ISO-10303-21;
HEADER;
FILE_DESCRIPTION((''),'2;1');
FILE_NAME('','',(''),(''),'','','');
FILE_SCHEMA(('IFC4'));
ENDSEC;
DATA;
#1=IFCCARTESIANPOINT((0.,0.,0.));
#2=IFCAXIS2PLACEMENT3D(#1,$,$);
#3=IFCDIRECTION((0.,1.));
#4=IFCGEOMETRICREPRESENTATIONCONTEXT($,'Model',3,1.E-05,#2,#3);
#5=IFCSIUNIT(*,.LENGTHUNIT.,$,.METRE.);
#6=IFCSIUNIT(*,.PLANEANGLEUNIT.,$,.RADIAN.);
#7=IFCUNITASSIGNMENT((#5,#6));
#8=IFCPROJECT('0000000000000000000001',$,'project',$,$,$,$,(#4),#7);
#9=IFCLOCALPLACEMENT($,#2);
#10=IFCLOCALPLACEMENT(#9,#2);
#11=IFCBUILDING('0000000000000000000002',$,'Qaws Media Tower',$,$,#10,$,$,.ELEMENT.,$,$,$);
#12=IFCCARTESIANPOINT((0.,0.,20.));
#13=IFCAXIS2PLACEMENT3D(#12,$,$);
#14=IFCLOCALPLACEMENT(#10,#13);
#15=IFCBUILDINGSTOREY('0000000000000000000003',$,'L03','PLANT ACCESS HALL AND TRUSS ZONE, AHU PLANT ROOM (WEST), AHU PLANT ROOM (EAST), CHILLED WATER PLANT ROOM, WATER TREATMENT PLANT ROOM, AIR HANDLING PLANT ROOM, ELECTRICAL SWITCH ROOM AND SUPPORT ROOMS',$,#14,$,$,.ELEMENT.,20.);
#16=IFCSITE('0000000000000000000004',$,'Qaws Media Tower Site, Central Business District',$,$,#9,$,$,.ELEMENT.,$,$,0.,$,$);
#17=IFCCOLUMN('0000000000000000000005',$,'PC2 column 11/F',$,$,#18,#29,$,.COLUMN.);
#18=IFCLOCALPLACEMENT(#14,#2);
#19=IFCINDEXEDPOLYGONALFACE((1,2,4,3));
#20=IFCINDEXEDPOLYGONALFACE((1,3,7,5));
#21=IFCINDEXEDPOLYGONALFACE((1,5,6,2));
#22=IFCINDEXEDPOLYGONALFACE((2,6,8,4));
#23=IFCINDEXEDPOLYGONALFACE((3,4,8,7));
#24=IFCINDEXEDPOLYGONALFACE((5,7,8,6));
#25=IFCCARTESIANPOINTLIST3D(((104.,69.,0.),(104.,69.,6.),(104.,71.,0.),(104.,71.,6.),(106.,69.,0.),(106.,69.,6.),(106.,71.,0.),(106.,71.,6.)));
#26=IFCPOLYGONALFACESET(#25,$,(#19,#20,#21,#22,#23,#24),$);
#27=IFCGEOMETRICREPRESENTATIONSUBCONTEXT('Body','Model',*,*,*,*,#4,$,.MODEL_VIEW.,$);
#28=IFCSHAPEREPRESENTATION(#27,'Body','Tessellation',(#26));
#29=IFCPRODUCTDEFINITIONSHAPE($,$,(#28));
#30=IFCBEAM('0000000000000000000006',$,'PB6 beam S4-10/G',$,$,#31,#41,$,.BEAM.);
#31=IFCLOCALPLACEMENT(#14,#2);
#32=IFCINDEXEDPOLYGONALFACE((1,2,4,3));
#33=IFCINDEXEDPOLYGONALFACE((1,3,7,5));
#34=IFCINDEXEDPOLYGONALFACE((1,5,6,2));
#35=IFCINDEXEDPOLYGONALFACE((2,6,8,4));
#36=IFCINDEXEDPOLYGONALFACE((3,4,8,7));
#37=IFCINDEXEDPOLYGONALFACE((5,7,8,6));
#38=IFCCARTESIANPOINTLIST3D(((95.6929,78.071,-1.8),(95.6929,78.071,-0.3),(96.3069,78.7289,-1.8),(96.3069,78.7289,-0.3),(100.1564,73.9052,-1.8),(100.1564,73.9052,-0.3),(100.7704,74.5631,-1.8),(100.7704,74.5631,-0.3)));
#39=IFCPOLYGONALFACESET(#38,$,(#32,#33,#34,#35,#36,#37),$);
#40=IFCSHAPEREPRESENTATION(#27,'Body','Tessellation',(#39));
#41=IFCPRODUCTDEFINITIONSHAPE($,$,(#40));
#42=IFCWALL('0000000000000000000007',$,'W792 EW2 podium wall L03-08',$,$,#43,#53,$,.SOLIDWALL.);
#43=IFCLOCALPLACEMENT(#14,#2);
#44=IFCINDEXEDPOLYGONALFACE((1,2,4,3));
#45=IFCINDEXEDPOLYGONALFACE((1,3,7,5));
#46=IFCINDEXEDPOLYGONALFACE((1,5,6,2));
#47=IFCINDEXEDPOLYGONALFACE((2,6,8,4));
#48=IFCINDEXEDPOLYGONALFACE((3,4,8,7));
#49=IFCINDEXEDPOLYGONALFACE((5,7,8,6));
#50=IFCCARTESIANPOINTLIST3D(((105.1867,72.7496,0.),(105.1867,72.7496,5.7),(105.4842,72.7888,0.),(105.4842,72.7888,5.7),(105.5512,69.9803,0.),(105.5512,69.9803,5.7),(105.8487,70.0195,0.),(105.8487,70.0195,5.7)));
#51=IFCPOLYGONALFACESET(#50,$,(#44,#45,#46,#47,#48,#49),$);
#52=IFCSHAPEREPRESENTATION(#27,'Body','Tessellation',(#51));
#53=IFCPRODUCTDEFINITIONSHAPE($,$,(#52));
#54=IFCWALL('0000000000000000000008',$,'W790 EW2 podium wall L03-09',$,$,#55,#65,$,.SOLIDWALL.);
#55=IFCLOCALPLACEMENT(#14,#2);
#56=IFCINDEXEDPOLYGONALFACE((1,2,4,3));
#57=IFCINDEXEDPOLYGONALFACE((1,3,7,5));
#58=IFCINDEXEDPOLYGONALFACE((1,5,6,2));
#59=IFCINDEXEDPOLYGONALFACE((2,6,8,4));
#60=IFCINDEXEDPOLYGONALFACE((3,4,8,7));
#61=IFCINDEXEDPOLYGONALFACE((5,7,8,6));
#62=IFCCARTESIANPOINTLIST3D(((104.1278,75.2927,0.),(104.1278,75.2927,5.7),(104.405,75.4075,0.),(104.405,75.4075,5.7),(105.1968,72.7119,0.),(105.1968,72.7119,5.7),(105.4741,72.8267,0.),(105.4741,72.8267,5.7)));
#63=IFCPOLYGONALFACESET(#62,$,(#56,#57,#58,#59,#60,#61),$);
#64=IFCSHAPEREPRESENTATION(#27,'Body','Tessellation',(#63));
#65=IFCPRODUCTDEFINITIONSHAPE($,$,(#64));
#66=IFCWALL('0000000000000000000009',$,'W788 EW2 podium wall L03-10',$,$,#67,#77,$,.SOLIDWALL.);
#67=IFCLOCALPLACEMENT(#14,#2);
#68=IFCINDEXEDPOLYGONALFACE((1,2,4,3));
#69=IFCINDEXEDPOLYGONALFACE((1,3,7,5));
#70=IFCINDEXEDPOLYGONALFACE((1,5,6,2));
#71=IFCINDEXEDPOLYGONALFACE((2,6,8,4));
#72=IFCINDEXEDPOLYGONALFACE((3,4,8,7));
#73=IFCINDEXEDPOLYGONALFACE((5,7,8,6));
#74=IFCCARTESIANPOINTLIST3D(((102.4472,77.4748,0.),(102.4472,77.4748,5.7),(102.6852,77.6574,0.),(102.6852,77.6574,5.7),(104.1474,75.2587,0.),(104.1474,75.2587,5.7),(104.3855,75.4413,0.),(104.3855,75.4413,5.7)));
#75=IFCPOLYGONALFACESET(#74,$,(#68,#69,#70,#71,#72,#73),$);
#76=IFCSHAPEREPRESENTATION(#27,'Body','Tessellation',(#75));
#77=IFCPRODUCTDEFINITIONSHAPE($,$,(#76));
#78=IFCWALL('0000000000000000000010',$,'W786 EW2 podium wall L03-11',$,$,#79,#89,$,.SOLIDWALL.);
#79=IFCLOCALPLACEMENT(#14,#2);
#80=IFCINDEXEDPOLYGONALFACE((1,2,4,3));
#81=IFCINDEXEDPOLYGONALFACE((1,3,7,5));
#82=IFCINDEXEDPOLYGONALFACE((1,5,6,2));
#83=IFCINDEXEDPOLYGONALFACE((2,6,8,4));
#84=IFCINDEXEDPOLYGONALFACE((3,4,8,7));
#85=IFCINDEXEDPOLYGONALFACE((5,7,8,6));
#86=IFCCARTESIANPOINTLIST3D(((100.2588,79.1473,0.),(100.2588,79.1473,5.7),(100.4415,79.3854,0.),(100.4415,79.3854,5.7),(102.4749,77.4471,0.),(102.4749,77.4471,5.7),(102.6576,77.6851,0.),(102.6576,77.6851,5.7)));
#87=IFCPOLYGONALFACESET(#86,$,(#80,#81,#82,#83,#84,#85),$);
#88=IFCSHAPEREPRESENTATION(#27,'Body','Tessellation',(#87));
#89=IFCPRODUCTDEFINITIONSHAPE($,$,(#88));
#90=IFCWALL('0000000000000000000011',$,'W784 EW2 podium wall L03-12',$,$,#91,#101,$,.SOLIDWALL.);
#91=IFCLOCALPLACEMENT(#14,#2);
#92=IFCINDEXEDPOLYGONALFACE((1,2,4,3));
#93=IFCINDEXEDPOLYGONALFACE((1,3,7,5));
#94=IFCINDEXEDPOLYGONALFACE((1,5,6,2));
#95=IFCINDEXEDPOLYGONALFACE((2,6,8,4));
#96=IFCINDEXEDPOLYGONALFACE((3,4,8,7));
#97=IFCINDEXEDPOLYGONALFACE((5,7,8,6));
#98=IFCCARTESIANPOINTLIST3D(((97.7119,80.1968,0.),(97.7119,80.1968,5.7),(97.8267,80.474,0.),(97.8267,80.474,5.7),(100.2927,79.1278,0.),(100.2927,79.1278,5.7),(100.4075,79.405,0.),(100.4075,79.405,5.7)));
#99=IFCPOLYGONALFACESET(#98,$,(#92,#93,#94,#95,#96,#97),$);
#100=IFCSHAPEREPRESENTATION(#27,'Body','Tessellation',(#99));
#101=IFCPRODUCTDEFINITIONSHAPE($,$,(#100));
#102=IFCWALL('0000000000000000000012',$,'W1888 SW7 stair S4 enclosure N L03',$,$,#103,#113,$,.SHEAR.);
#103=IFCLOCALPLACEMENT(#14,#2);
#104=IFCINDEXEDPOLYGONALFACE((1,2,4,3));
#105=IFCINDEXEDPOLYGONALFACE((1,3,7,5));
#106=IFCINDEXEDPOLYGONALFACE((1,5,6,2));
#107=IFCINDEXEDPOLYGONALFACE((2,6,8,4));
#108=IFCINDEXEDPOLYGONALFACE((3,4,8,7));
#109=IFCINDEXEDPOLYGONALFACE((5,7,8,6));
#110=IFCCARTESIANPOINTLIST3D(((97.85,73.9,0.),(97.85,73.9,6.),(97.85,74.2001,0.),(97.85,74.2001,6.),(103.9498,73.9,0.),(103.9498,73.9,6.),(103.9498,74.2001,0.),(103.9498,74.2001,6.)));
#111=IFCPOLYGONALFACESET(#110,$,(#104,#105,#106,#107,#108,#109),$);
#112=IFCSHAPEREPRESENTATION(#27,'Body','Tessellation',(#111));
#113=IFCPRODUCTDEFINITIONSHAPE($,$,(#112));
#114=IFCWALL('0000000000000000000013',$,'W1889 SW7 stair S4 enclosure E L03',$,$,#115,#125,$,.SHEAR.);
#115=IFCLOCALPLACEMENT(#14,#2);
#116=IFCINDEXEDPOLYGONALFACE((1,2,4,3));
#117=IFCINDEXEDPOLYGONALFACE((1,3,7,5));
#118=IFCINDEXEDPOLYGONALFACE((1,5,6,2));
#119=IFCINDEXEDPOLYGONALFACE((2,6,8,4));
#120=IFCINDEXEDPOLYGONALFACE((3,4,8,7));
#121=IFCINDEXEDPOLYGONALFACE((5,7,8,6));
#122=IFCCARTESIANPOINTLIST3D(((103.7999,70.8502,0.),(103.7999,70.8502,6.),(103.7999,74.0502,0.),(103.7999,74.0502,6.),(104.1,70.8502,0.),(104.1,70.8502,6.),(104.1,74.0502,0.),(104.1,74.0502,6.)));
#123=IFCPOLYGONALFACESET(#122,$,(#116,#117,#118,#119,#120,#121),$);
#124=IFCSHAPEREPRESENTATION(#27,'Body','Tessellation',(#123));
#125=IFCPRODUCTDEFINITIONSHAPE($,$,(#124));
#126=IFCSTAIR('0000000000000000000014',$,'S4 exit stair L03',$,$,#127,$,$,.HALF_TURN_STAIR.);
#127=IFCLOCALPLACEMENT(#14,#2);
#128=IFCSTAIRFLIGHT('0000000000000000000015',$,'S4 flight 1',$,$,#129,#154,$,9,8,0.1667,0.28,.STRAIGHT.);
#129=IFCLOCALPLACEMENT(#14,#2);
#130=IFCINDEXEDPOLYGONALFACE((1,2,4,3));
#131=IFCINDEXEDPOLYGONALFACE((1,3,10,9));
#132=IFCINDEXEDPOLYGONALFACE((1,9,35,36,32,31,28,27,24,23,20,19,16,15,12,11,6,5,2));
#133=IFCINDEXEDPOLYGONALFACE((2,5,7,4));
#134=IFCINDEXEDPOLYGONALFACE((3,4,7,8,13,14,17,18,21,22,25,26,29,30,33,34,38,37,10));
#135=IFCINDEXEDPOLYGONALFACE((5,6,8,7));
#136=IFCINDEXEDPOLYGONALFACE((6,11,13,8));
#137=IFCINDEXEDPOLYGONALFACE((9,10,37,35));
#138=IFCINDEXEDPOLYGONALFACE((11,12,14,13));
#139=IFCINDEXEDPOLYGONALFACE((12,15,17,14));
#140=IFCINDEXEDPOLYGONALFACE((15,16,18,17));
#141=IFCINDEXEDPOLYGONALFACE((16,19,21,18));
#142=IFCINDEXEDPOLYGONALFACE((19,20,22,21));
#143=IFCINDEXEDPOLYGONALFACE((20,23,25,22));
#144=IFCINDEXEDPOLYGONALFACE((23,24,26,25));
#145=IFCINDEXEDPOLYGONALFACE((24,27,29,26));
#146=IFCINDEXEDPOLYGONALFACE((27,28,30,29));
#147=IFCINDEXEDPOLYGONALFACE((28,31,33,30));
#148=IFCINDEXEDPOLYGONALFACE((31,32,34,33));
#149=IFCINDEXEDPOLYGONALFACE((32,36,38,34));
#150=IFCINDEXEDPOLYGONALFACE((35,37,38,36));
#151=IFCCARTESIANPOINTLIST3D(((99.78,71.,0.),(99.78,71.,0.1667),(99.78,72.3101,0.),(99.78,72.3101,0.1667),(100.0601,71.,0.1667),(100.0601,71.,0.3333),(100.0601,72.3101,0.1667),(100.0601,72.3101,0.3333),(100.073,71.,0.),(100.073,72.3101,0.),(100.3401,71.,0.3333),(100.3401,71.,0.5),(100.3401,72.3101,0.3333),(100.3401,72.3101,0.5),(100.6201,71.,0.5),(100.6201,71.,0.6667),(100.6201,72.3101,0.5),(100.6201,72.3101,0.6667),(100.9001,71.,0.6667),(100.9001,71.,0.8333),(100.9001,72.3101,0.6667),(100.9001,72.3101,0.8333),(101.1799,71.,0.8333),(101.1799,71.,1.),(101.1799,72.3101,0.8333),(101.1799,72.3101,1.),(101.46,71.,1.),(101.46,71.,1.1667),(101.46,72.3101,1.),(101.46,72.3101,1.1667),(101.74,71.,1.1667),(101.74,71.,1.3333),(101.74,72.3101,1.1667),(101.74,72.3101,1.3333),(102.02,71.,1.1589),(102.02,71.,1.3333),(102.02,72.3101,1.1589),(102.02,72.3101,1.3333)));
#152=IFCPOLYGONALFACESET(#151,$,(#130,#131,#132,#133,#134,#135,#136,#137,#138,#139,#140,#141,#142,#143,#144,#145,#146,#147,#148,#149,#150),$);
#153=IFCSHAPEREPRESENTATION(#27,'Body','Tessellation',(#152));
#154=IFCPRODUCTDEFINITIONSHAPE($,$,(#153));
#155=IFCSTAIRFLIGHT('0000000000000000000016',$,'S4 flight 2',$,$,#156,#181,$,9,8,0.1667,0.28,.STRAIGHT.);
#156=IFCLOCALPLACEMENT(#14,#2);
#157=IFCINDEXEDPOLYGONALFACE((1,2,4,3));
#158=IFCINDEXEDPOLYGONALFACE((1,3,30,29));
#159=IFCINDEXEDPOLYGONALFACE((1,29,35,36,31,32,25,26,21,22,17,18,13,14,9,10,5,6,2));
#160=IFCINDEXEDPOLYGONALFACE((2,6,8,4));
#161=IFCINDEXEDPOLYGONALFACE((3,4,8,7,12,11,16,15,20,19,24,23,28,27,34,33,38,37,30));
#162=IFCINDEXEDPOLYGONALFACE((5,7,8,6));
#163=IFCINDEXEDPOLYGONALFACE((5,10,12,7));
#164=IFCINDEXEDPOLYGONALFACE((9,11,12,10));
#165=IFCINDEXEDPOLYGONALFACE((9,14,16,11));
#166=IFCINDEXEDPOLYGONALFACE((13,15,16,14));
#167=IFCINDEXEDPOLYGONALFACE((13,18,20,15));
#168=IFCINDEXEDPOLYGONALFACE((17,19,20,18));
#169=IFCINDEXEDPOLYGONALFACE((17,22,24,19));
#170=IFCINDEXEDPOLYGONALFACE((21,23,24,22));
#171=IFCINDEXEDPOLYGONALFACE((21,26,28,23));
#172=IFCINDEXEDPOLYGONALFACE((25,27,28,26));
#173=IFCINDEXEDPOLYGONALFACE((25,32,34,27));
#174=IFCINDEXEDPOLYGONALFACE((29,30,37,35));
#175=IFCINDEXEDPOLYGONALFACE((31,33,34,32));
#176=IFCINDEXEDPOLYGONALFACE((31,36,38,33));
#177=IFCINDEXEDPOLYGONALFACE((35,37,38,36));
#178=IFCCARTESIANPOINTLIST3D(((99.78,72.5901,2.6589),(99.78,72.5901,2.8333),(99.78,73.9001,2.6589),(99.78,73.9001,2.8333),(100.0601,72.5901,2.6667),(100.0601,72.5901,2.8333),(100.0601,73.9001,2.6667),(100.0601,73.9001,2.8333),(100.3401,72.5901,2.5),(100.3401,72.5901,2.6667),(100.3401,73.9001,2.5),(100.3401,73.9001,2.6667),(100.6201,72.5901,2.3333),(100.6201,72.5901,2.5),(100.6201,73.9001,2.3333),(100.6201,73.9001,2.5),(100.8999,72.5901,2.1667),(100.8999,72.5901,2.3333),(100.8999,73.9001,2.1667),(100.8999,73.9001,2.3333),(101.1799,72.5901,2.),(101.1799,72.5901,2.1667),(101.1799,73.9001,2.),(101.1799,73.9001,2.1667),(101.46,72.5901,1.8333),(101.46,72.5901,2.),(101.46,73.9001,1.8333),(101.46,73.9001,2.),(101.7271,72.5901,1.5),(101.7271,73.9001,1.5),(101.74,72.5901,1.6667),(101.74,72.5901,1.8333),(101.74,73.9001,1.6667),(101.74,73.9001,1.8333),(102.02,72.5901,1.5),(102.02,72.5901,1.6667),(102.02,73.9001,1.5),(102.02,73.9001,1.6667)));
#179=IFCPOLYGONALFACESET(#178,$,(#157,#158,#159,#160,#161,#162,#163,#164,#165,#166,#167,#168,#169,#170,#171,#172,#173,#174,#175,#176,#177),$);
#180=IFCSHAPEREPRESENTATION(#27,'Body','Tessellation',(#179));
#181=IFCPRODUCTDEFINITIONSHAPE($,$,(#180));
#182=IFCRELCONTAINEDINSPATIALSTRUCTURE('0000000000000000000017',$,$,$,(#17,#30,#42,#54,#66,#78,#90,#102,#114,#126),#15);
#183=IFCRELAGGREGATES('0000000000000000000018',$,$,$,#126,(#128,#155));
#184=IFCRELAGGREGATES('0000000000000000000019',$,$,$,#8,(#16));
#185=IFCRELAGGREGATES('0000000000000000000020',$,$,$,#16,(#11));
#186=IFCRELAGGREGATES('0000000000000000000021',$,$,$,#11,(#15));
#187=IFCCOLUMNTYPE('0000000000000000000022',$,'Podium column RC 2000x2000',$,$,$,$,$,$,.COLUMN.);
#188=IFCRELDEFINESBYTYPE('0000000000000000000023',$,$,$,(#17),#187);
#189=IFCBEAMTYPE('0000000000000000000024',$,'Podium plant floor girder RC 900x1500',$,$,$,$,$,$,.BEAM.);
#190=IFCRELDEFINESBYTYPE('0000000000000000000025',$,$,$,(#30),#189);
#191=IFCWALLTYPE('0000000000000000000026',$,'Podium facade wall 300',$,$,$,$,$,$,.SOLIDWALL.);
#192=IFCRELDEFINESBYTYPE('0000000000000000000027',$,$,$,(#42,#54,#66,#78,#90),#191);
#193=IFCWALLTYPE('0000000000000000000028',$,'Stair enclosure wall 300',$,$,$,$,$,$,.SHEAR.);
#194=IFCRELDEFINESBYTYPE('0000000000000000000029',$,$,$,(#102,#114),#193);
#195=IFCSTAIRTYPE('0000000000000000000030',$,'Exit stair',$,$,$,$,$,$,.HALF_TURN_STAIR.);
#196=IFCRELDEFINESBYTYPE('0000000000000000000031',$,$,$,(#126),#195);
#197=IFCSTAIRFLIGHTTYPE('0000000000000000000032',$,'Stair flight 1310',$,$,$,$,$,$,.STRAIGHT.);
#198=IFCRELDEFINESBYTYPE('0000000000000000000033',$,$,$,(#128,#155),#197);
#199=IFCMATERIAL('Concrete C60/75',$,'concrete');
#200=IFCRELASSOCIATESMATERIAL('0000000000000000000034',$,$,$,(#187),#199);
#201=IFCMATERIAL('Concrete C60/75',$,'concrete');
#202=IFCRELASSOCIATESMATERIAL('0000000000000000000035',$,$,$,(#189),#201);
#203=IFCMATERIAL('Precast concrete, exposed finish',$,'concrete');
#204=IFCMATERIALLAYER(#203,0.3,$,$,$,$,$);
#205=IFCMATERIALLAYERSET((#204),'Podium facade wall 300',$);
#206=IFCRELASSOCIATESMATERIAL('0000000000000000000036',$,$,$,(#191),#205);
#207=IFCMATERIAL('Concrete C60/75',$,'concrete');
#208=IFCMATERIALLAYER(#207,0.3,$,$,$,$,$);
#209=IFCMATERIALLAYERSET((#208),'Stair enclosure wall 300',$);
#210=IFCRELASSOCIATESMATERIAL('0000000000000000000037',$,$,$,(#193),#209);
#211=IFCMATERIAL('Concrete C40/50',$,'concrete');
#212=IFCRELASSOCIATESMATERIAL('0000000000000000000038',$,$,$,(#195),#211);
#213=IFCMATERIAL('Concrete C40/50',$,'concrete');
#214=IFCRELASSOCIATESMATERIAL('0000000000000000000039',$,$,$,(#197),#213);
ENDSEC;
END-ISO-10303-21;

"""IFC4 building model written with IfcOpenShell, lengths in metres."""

from ifc_helpers import new_model, si_unit, direction, frame, frame_2d, origin, origin_2d, place, context, subcontext, project, spatial, polyline, rectangle, outline, extrude, material, layer, layer_set, material_profile, profile_set, type_object, element, aggregate, save


model = new_model("IFC4")

# Units and contexts
model_context = context("Model", 3, precision=1e-05, world=origin(), true_north=direction((0.0, 1.0)))
body_context = subcontext(model_context, "Body", "Model", "MODEL_VIEW")
ifc_project = project(units=[si_unit("LENGTHUNIT", "METRE"), si_unit("PLANEANGLEUNIT", "RADIAN")], contexts=[model_context])

# Site, building, storey
site_placement = place(None, origin())
site = spatial("IfcSite", under=ifc_project, at=site_placement, Name="Qaws Media Tower Site, Central Business District", CompositionType="ELEMENT", RefElevation=0.0)
building_placement = place(site_placement, origin())
building = spatial("IfcBuilding", under=site, at=building_placement, Name="Qaws Media Tower", CompositionType="ELEMENT")
storey_placement = place(building_placement, frame((0.0, 0.0, 20.0)))
storey = spatial("IfcBuildingStorey", under=building, at=storey_placement, Name="L03", Description="PLANT ACCESS HALL AND TRUSS ZONE, AHU PLANT ROOM (WEST), AHU PLANT ROOM (EAST), CHILLED WATER PLANT ROOM, WATER TREATMENT PLANT ROOM, AIR HANDLING PLANT ROOM, ELECTRICAL SWITCH ROOM AND SUPPORT ROOMS", CompositionType="ELEMENT", Elevation=20.0)

# Column
ifc_material_1 = material(Name="Concrete C60/75", Category="concrete")
ifc_material_profile_1 = material_profile(ifc_material_1, rectangle(XDim=2.0, YDim=2.0, at=origin_2d()), Name="RC 2000x2000")
ifc_profile_set_1 = profile_set([ifc_material_profile_1], Name="Concrete C60/75")
column_type = type_object("IfcColumnType", Name="Podium column RC 2000x2000", PredefinedType="COLUMN", material=ifc_profile_set_1)
column_placement = place(storey_placement, frame((105.0, 70.0, 0.0), z_axis=(0.0, 0.0, 1.0), x_axis=(1.0, 0.0, 0.0)))
element("IfcColumn", 1, at=column_placement, inside=storey, type_object=column_type, Name="PC2 column 11/F", PredefinedType="COLUMN", context=body_context, shape_type="SweptSolid", body=[
    extrude(rectangle(XDim=2.0, YDim=2.0, at=origin_2d()), origin(), (0.0, 0.0, 1.0), 6.0),
])

# Beam
ifc_material_2 = material(Name="Concrete C60/75", Category="concrete")
ifc_material_profile_2 = material_profile(ifc_material_2, rectangle(XDim=0.8999, YDim=1.5, at=origin_2d()), Name="RC 900x1500")
ifc_profile_set_2 = profile_set([ifc_material_profile_2], Name="Concrete C60/75")
beam_type = type_object("IfcBeamType", Name="Podium plant floor girder RC 900x1500", PredefinedType="BEAM", material=ifc_profile_set_2)
beam_placement = place(storey_placement, frame((100.4634, 74.2341, -1.05), z_axis=(-0.731059, 0.682314, 0.0), x_axis=(-0.682314, -0.731059, 0.0)))
element("IfcBeam", 2, at=beam_placement, inside=storey, type_object=beam_type, Name="PB6 beam S4-10/G", PredefinedType="BEAM", context=body_context, shape_type="SweptSolid", body=[
    extrude(rectangle(XDim=0.8999, YDim=1.5, at=origin_2d()), origin(), (0.0, 0.0, 1.0), 6.1055),
])

# Walls
ifc_material_3 = material(Name="Precast concrete, exposed finish", Category="concrete")
ifc_layer_1 = layer(ifc_material_3, 0.3)
ifc_layer_set_1 = layer_set([ifc_layer_1], Name="Podium facade wall 300")
wall_type_1 = type_object("IfcWallType", Name="Podium facade wall 300", PredefinedType="SOLIDWALL", material=ifc_layer_set_1)
wall_1_placement = place(storey_placement, frame((105.7, 70.0, 0.0), z_axis=(0.0, 0.0, 1.0), x_axis=(-0.130497, 0.991449, 0.0)))
element("IfcWall", 3, at=wall_1_placement, inside=storey, type_object=wall_type_1, Name="W792 EW2 podium wall L03-08", PredefinedType="SOLIDWALL", context=body_context, shape_type="SweptSolid", body=[
    extrude(rectangle(XDim=2.7932, YDim=0.3, at=frame_2d((1.3965, 0.0))), origin(), (0.0, 0.0, 1.0), 5.7),
])
wall_2_placement = place(storey_placement, frame((105.3354, 72.7693, 0.0), z_axis=(0.0, 0.0, 1.0), x_axis=(-0.382709, 0.923869, 0.0)))
element("IfcWall", 4, at=wall_2_placement, inside=storey, type_object=wall_type_1, Name="W790 EW2 podium wall L03-09", PredefinedType="SOLIDWALL", context=body_context, shape_type="SweptSolid", body=[
    extrude(rectangle(XDim=2.7935, YDim=0.3, at=frame_2d((1.3967, 0.0))), origin(), (0.0, 0.0, 1.0), 5.7),
])
for number, where, z_axis, x_axis, name in (
    (5, (104.2664, 75.3501, 0.0), (0.0, 0.0, 1.0), (-0.608705, 0.793397, 0.0), "W788 EW2 podium wall L03-10"),
    (6, (102.5662, 77.5662, 0.0), (0.0, 0.0, 1.0), (-0.793397, 0.608705, 0.0), "W786 EW2 podium wall L03-11"),
):
    element("IfcWall", number, at=place(storey_placement, frame(where, z_axis=z_axis, x_axis=x_axis)), inside=storey, type_object=wall_type_1, Name=name, PredefinedType="SOLIDWALL", context=body_context, shape_type="SweptSolid", body=[
        extrude(rectangle(XDim=2.7932, YDim=0.3, at=frame_2d((1.3965, 0.0))), origin(), (0.0, 0.0, 1.0), 5.7),
    ])
wall_3_placement = place(storey_placement, frame((100.3501, 79.2664, 0.0), z_axis=(0.0, 0.0, 1.0), x_axis=(-0.923869, 0.382709, 0.0)))
element("IfcWall", 7, at=wall_3_placement, inside=storey, type_object=wall_type_1, Name="W784 EW2 podium wall L03-12", PredefinedType="SOLIDWALL", context=body_context, shape_type="SweptSolid", body=[
    extrude(rectangle(XDim=2.7935, YDim=0.3, at=frame_2d((1.3967, 0.0))), origin(), (0.0, 0.0, 1.0), 5.7),
])
ifc_material_4 = material(Name="Concrete C60/75", Category="concrete")
ifc_layer_2 = layer(ifc_material_4, 0.3)
ifc_layer_set_2 = layer_set([ifc_layer_2], Name="Stair enclosure wall 300")
wall_type_2 = type_object("IfcWallType", Name="Stair enclosure wall 300", PredefinedType="SHEAR", material=ifc_layer_set_2)
wall_4_placement = place(storey_placement, frame((97.8501, 74.05, 0.0), z_axis=(0.0, 0.0, 1.0), x_axis=(1.0, 0.0, 0.0)))
element("IfcWall", 8, at=wall_4_placement, inside=storey, type_object=wall_type_2, Name="W1888 SW7 stair S4 enclosure N L03", PredefinedType="SHEAR", context=body_context, shape_type="SweptSolid", body=[
    extrude(rectangle(XDim=6.0999, YDim=0.3, at=frame_2d((3.0498, 0.0))), origin(), (0.0, 0.0, 1.0), 6.0),
])
wall_5_placement = place(storey_placement, frame((103.95, 70.8501, 0.0), z_axis=(0.0, 0.0, 1.0), x_axis=(0.0, 1.0, 0.0)))
element("IfcWall", 9, at=wall_5_placement, inside=storey, type_object=wall_type_2, Name="W1889 SW7 stair S4 enclosure E L03", PredefinedType="SHEAR", context=body_context, shape_type="SweptSolid", body=[
    extrude(rectangle(XDim=3.2, YDim=0.3, at=frame_2d((1.6001, 0.0))), origin(), (0.0, 0.0, 1.0), 6.0),
])

# Stair, stair flights
ifc_material_5 = material(Name="Concrete C40/50", Category="concrete")
stair_type = type_object("IfcStairType", Name="Exit stair", PredefinedType="HALF_TURN_STAIR", material=ifc_material_5)
stair_placement = place(storey_placement, origin())
stair = element("IfcStair", 10, at=stair_placement, inside=storey, type_object=stair_type, Name="S4 exit stair L03", PredefinedType="HALF_TURN_STAIR")
ifc_material_6 = material(Name="Concrete C40/50", Category="concrete")
stair_flight_type = type_object("IfcStairFlightType", Name="Stair flight 1310", PredefinedType="STRAIGHT", material=ifc_material_6)
stair_flight_1_placement = place(storey_placement, frame((99.78, 71.655, 0.0), z_axis=(0.0, 0.0, 1.0), x_axis=(1.0, 0.0, 0.0)))
stair_flight_1 = element("IfcStairFlight", 11, at=stair_flight_1_placement, type_object=stair_flight_type, Name="S4 flight 1", NumberOfRisers=9, NumberOfTreads=8, PredefinedType="STRAIGHT", RiserHeight=0.1667, TreadLength=0.28, context=body_context, shape_type="SweptSolid", body=[
    extrude(outline(polyline([(0.0, 0.0), (0.0, 0.1667), (0.28, 0.1667), (0.28, 0.3333), (0.5601, 0.3333), (0.5601, 0.5), (0.8401, 0.5), (0.8401, 0.6667), (1.1201, 0.6667), (1.1201, 0.8333), (1.3999, 0.8333), (1.3999, 1.0), (1.6799, 1.0), (1.6799, 1.1667), (1.96, 1.1667), (1.96, 1.3333), (2.24, 1.3333), (2.24, 1.5), (2.24, 1.1589), (0.293, 0.0), (0.0, 0.0)])), frame((0.0, 0.655, 0.0), z_axis=(0.0, -1.0, 0.0), x_axis=(1.0, 0.0, 0.0)), (0.0, 0.0, 1.0), 1.3101),
])
stair_flight_2_placement = place(storey_placement, frame((102.02, 73.2451, 1.5), z_axis=(0.0, 0.0, 1.0), x_axis=(-1.0, 0.0, 0.0)))
stair_flight_2 = element("IfcStairFlight", 12, at=stair_flight_2_placement, type_object=stair_flight_type, Name="S4 flight 2", NumberOfRisers=9, NumberOfTreads=8, PredefinedType="STRAIGHT", RiserHeight=0.1667, TreadLength=0.28, context=body_context, shape_type="SweptSolid", body=[
    extrude(outline(polyline([(0.0, 0.0), (0.0, 0.1667), (0.28, 0.1667), (0.28, 0.3333), (0.5601, 0.3333), (0.5601, 0.5), (0.8401, 0.5), (0.8401, 0.6667), (1.1201, 0.6667), (1.1201, 0.8333), (1.3999, 0.8333), (1.3999, 1.0), (1.6799, 1.0), (1.6799, 1.1667), (1.96, 1.1667), (1.96, 1.3333), (2.24, 1.3333), (2.24, 1.5), (2.24, 1.1589), (0.293, 0.0), (0.0, 0.0)])), frame((0.0, 0.655, 0.0), z_axis=(0.0, -1.0, 0.0), x_axis=(1.0, 0.0, 0.0)), (0.0, 0.0, 1.0), 1.3101),
])
aggregate(stair, [stair_flight_1, stair_flight_2])

save(model, "model.ifc")
